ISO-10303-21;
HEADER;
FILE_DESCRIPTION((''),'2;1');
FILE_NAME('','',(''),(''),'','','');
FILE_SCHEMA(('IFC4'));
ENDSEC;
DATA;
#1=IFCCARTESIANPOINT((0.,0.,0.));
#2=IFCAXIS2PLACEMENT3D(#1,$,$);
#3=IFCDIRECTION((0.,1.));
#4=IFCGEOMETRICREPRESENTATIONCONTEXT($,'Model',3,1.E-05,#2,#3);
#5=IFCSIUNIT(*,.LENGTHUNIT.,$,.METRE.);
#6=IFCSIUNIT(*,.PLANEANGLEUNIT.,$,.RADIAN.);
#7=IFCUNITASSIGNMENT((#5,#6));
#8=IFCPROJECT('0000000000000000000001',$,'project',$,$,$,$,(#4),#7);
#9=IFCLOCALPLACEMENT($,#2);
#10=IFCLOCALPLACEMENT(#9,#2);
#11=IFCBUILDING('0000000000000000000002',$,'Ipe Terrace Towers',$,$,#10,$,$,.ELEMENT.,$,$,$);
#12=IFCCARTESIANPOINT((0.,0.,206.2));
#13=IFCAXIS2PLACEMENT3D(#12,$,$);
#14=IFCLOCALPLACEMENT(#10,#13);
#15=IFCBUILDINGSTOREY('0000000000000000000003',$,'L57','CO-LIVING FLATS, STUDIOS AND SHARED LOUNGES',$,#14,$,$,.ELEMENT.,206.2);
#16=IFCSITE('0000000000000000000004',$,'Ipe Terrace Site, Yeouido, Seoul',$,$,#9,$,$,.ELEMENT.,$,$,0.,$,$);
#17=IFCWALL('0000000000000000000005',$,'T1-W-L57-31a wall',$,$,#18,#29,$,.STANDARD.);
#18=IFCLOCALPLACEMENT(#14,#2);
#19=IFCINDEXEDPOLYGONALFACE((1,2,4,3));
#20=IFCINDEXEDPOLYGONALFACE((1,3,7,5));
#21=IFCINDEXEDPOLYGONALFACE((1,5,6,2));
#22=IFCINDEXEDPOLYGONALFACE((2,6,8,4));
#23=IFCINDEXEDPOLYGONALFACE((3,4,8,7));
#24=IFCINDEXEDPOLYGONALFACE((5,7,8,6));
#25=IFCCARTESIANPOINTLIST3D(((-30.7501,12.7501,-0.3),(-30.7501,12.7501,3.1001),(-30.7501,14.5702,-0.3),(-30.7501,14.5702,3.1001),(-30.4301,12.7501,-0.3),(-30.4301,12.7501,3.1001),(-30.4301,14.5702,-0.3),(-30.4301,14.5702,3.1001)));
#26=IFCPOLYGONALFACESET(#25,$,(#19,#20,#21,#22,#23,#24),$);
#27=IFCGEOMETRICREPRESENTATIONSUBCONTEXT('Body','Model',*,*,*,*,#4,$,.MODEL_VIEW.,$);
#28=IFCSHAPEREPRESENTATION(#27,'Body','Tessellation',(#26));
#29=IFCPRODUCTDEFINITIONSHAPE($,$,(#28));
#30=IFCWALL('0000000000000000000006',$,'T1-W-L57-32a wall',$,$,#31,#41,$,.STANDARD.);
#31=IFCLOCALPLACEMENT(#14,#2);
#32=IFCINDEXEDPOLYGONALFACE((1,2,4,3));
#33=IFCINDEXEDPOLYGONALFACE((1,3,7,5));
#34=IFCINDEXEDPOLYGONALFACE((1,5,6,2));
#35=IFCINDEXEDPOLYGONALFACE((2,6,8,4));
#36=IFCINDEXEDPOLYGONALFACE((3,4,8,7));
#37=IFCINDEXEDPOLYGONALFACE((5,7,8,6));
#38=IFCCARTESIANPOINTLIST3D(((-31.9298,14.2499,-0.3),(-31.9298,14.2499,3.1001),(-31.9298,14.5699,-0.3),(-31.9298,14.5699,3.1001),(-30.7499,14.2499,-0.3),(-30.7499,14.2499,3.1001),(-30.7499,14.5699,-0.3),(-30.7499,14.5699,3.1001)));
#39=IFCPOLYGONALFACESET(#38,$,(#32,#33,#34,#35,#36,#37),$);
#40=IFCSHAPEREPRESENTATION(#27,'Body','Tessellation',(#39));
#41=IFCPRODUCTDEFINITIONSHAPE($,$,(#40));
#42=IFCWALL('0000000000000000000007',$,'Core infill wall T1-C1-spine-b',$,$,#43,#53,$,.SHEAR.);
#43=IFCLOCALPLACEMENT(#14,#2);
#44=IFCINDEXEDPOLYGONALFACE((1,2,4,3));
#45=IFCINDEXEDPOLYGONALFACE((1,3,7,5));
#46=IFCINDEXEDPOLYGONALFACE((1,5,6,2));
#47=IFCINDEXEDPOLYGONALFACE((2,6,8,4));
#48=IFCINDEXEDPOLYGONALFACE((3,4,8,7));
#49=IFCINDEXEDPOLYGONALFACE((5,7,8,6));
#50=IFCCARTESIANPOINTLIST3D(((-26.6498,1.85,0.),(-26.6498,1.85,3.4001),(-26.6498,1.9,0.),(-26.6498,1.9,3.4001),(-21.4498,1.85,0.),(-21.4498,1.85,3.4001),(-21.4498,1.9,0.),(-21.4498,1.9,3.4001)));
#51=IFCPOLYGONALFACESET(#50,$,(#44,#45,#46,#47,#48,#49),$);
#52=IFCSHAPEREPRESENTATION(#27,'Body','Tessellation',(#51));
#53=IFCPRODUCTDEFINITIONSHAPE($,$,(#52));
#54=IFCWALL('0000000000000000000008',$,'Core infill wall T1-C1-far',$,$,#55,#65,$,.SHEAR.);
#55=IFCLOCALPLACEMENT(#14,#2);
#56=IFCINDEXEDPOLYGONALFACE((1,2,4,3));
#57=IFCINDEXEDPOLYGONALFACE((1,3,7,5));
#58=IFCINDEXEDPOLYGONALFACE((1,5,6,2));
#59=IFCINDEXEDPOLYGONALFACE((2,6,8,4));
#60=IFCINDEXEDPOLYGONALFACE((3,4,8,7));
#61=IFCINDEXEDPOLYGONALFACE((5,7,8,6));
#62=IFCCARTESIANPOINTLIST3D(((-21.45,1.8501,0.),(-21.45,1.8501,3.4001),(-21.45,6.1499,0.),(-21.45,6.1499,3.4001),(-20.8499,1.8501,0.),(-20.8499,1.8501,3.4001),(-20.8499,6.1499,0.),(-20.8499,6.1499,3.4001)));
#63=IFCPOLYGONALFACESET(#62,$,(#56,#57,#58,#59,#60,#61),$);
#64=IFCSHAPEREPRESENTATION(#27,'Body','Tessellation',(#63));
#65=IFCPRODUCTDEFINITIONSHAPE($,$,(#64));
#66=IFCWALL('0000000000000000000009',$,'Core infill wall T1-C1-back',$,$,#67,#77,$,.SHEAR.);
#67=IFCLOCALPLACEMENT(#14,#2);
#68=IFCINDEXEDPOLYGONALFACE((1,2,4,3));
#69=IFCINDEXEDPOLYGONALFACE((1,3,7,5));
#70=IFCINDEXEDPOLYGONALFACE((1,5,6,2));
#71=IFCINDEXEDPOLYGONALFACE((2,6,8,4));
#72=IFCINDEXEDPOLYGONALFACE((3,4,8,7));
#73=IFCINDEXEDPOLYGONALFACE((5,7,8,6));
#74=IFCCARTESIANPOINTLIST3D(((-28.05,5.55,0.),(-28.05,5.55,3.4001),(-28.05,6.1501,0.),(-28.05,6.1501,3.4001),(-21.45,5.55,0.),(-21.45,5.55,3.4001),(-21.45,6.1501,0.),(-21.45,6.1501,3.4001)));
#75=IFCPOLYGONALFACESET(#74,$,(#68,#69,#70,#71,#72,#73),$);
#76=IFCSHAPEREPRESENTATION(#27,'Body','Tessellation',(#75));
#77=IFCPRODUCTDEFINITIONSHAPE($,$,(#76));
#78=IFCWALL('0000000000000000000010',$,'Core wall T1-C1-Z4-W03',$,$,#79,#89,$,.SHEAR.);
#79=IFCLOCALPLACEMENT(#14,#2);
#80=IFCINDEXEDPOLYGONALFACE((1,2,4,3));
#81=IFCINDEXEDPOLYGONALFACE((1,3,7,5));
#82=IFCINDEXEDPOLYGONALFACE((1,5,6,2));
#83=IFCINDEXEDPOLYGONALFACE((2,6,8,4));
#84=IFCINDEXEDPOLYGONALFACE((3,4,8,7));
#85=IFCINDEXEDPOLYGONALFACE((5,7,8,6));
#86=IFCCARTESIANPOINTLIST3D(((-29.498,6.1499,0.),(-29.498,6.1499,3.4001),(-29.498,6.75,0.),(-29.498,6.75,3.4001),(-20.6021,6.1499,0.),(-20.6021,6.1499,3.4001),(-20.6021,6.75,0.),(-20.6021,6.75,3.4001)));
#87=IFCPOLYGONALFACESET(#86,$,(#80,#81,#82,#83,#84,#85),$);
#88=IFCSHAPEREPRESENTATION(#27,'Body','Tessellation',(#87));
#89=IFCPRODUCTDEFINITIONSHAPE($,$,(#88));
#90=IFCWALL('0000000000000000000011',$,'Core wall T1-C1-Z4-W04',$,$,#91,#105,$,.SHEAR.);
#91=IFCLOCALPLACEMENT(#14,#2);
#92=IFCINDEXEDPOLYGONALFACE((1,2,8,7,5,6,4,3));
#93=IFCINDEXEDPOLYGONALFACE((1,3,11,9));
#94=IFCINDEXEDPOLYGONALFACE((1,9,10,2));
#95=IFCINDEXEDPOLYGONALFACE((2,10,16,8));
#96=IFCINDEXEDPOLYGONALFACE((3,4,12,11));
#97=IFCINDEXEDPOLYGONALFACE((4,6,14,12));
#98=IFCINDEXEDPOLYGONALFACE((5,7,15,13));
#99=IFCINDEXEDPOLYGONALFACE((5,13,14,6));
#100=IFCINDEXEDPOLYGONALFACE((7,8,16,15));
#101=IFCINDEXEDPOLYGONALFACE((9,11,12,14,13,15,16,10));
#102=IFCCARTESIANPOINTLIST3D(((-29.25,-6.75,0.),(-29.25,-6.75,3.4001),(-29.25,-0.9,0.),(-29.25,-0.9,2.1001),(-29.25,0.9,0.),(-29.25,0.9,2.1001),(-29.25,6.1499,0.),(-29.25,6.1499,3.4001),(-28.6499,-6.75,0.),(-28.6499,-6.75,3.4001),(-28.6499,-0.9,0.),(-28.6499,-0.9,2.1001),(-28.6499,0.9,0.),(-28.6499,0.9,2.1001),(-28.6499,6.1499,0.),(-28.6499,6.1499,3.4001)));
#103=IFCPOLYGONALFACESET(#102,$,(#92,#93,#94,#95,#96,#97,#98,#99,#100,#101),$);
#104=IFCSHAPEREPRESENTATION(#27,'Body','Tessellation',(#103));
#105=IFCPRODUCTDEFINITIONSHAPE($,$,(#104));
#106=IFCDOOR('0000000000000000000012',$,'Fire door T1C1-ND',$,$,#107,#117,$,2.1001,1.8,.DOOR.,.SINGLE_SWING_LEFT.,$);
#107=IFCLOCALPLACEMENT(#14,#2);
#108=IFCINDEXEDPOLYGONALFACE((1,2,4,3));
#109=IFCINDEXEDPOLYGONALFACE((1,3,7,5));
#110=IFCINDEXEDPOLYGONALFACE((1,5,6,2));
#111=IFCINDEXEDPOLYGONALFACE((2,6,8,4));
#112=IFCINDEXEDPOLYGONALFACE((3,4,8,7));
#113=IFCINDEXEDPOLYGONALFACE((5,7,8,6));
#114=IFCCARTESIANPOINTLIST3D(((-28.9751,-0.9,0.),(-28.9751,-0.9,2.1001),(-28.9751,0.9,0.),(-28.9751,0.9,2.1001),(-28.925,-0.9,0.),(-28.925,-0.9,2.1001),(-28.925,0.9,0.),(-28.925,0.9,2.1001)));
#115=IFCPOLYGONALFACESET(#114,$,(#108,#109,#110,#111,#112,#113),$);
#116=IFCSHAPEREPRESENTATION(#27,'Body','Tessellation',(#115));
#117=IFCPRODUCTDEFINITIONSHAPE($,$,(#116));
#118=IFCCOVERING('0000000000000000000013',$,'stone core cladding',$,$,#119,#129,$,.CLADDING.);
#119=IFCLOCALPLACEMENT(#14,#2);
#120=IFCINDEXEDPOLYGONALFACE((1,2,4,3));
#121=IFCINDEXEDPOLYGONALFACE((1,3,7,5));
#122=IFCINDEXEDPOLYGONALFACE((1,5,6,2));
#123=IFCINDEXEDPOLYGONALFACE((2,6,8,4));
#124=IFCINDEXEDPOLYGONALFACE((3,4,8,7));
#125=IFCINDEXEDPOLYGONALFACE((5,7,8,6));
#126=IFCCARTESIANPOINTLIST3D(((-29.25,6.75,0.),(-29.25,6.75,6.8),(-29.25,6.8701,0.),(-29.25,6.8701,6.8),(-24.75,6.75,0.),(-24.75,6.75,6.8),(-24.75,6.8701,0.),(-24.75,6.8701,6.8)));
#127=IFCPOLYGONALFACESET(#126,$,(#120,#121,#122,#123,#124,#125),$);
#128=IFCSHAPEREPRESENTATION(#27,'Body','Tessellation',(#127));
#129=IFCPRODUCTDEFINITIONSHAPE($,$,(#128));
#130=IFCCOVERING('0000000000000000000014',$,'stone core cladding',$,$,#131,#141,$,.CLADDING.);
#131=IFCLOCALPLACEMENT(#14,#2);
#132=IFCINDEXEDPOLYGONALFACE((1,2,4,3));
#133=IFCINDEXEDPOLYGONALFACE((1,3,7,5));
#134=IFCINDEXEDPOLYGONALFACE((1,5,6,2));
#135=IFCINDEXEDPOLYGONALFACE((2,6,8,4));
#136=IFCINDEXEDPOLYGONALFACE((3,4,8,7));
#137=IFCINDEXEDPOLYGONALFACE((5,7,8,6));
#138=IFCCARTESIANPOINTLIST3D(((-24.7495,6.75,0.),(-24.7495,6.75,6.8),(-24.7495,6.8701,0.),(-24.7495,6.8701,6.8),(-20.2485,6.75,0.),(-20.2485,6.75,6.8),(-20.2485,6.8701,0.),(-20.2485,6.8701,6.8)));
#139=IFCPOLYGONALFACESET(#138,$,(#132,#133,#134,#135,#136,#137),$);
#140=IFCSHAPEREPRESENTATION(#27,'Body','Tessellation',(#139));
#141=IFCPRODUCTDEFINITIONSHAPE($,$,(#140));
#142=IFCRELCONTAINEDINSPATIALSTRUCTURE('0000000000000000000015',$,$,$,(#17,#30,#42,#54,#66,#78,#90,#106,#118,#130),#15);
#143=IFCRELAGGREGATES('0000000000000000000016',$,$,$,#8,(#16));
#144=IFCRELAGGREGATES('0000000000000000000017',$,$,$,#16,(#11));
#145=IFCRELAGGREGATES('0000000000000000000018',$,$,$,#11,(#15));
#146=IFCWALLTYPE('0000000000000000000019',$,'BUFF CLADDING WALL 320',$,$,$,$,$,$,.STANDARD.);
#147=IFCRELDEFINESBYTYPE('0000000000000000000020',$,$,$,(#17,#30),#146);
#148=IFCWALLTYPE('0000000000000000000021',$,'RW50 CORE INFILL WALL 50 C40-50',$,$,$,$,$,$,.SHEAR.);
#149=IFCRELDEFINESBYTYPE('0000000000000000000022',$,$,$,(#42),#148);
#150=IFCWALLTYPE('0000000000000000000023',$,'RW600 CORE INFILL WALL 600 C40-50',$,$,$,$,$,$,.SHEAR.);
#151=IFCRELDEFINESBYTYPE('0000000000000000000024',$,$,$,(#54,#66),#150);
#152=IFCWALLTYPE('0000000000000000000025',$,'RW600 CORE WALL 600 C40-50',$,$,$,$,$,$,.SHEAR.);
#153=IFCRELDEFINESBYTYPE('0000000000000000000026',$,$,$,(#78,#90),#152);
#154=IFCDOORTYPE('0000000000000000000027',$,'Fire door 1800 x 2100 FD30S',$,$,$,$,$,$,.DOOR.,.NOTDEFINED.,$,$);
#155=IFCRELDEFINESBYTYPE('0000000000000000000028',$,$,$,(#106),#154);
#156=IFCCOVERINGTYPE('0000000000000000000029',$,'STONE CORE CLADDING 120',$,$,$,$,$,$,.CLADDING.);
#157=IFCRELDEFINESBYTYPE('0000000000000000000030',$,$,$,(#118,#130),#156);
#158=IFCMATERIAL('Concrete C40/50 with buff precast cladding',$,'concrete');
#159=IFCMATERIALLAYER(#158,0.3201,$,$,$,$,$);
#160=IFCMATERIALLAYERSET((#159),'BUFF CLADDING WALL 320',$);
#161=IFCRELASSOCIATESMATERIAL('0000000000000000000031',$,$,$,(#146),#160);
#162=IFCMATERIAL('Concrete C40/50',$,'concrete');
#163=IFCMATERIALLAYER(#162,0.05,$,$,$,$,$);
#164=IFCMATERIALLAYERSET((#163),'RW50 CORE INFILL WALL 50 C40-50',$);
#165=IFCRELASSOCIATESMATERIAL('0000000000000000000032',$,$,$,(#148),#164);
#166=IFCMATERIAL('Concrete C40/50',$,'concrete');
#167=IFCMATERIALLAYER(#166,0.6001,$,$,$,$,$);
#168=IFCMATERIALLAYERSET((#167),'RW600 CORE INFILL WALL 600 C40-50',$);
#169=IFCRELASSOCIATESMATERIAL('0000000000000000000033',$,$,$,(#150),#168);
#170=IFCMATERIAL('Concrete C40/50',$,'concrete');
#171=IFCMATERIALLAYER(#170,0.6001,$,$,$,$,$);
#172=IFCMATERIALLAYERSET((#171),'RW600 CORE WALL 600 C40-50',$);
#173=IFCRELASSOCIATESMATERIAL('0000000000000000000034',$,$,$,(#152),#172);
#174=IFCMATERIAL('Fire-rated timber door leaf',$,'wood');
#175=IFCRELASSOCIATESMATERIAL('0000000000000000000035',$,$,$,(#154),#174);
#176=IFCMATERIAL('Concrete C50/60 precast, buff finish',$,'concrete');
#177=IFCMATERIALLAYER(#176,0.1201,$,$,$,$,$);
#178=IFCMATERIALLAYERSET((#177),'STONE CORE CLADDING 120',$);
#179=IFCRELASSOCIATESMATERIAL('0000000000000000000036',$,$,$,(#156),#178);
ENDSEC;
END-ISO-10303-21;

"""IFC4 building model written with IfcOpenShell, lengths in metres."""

from ifc_helpers import new_model, si_unit, direction, frame, frame_2d, origin, origin_2d, place, context, subcontext, project, spatial, rectangle, extrude, material, layer, layer_set, type_object, element, fill, save


model = new_model("IFC4")

# Units and contexts
model_context = context("Model", 3, precision=1e-05, world=origin(), true_north=direction((0.0, 1.0)))
body_context = subcontext(model_context, "Body", "Model", "MODEL_VIEW")
ifc_project = project(units=[si_unit("LENGTHUNIT", "METRE"), si_unit("PLANEANGLEUNIT", "RADIAN")], contexts=[model_context])

# Site, building, storey
site_placement = place(None, origin())
site = spatial("IfcSite", under=ifc_project, at=site_placement, Name="Ipe Terrace Site, Yeouido, Seoul", CompositionType="ELEMENT", RefElevation=0.0)
building_placement = place(site_placement, origin())
building = spatial("IfcBuilding", under=site, at=building_placement, Name="Ipe Terrace Towers", CompositionType="ELEMENT")
storey_placement = place(building_placement, frame((0.0, 0.0, 206.2)))
storey = spatial("IfcBuildingStorey", under=building, at=storey_placement, Name="L57", Description="CO-LIVING FLATS, STUDIOS AND SHARED LOUNGES", CompositionType="ELEMENT", Elevation=206.2)

# Walls
ifc_material_1 = material(Name="Concrete C40/50 with buff precast cladding", Category="concrete")
ifc_layer_1 = layer(ifc_material_1, 0.3201)
ifc_layer_set_1 = layer_set([ifc_layer_1], Name="BUFF CLADDING WALL 320")
wall_type_1 = type_object("IfcWallType", Name="BUFF CLADDING WALL 320", PredefinedType="STANDARD", material=ifc_layer_set_1)
wall_1_placement = place(storey_placement, frame((-30.5901, 12.75, -0.3), z_axis=(0.0, 0.0, 1.0), x_axis=(0.0, 1.0, 0.0)))
element("IfcWall", 1, at=wall_1_placement, inside=storey, type_object=wall_type_1, Name="T1-W-L57-31a wall", PredefinedType="STANDARD", context=body_context, shape_type="SweptSolid", body=[
    extrude(rectangle(XDim=1.8201, YDim=0.3201, at=frame_2d((0.9102, 0.0))), origin(), (0.0, 0.0, 1.0), 3.4001),
])
wall_2_placement = place(storey_placement, frame((-30.75, 14.4099, -0.3), z_axis=(0.0, 0.0, 1.0), x_axis=(-1.0, 0.0, 0.0)))
element("IfcWall", 2, at=wall_2_placement, inside=storey, type_object=wall_type_1, Name="T1-W-L57-32a wall", PredefinedType="STANDARD", context=body_context, shape_type="SweptSolid", body=[
    extrude(rectangle(XDim=1.1799, YDim=0.3201, at=frame_2d((0.5898, 0.0))), origin(), (0.0, 0.0, 1.0), 3.4001),
])
ifc_material_2 = material(Name="Concrete C40/50", Category="concrete")
ifc_layer_2 = layer(ifc_material_2, 0.05)
ifc_layer_set_2 = layer_set([ifc_layer_2], Name="RW50 CORE INFILL WALL 50 C40-50")
wall_type_2 = type_object("IfcWallType", Name="RW50 CORE INFILL WALL 50 C40-50", PredefinedType="SHEAR", material=ifc_layer_set_2)
wall_3_placement = place(storey_placement, frame((-26.6499, 1.875, 0.0), z_axis=(0.0, 0.0, 1.0), x_axis=(1.0, 0.0, 0.0)))
element("IfcWall", 3, at=wall_3_placement, inside=storey, type_object=wall_type_2, Name="Core infill wall T1-C1-spine-b", PredefinedType="SHEAR", context=body_context, shape_type="SweptSolid", body=[
    extrude(rectangle(XDim=5.2, YDim=0.05, at=frame_2d((2.6001, 0.0))), origin(), (0.0, 0.0, 1.0), 3.4001),
])
ifc_material_3 = material(Name="Concrete C40/50", Category="concrete")
ifc_layer_3 = layer(ifc_material_3, 0.6001)
ifc_layer_set_3 = layer_set([ifc_layer_3], Name="RW600 CORE INFILL WALL 600 C40-50")
wall_type_3 = type_object("IfcWallType", Name="RW600 CORE INFILL WALL 600 C40-50", PredefinedType="SHEAR", material=ifc_layer_set_3)
wall_4_placement = place(storey_placement, frame((-21.1499, 1.8501, 0.0), z_axis=(0.0, 0.0, 1.0), x_axis=(0.0, 1.0, 0.0)))
element("IfcWall", 4, at=wall_4_placement, inside=storey, type_object=wall_type_3, Name="Core infill wall T1-C1-far", PredefinedType="SHEAR", context=body_context, shape_type="SweptSolid", body=[
    extrude(rectangle(XDim=4.2998, YDim=0.6001, at=frame_2d((2.1499, 0.0))), origin(), (0.0, 0.0, 1.0), 3.4001),
])
wall_5_placement = place(storey_placement, frame((-28.05, 5.8501, 0.0), z_axis=(0.0, 0.0, 1.0), x_axis=(1.0, 0.0, 0.0)))
element("IfcWall", 5, at=wall_5_placement, inside=storey, type_object=wall_type_3, Name="Core infill wall T1-C1-back", PredefinedType="SHEAR", context=body_context, shape_type="SweptSolid", body=[
    extrude(rectangle(XDim=6.6001, YDim=0.6001, at=frame_2d((3.3, 0.0))), origin(), (0.0, 0.0, 1.0), 3.4001),
])
ifc_material_4 = material(Name="Concrete C40/50", Category="concrete")
ifc_layer_4 = layer(ifc_material_4, 0.6001)
ifc_layer_set_4 = layer_set([ifc_layer_4], Name="RW600 CORE WALL 600 C40-50")
wall_type_4 = type_object("IfcWallType", Name="RW600 CORE WALL 600 C40-50", PredefinedType="SHEAR", material=ifc_layer_set_4)
wall_6_placement = place(storey_placement, frame((-20.6021, 6.45, 0.0), z_axis=(0.0, 0.0, 1.0), x_axis=(-1.0, 0.0, 0.0)))
element("IfcWall", 6, at=wall_6_placement, inside=storey, type_object=wall_type_4, Name="Core wall T1-C1-Z4-W03", PredefinedType="SHEAR", context=body_context, shape_type="SweptSolid", body=[
    extrude(rectangle(XDim=8.896, YDim=0.6001, at=frame_2d((4.448, 0.0))), origin(), (0.0, 0.0, 1.0), 3.4001),
])

# Wall, opening, door
wall_7_placement = place(storey_placement, frame((-28.95, 6.1499, 0.0), z_axis=(0.0, 0.0, 1.0), x_axis=(0.0, -1.0, 0.0)))
wall_7 = element("IfcWall", 7, at=wall_7_placement, inside=storey, type_object=wall_type_4, Name="Core wall T1-C1-Z4-W04", PredefinedType="SHEAR", context=body_context, shape_type="SweptSolid", body=[
    extrude(rectangle(XDim=12.8999, YDim=0.6001, at=frame_2d((6.45, 0.0))), origin(), (0.0, 0.0, 1.0), 3.4001),
])
opening_1_placement = place(wall_7_placement, frame((5.25, 0.0, 0.0)))
opening_1 = element("IfcOpeningElement", 8, at=opening_1_placement, cuts=wall_7, PredefinedType="OPENING", context=body_context, shape_type="SweptSolid", body=[
    extrude(rectangle(XDim=1.8, YDim=2.1001, at=frame_2d((0.8999, 1.05))), frame((0.0, 0.3101, 0.0), z_axis=(0.0, -1.0, 0.0), x_axis=(1.0, 0.0, 0.0)), (0.0, 0.0, 1.0), 0.6201),
])
ifc_material_5 = material(Name="Fire-rated timber door leaf", Category="wood")
door_type_1 = type_object("IfcDoorType", Name="Fire door 1800 x 2100 FD30S", OperationType="NOTDEFINED", PredefinedType="DOOR", material=ifc_material_5)
door_1_placement = place(opening_1_placement, origin())
door_1 = element("IfcDoor", 9, at=door_1_placement, inside=storey, type_object=door_type_1, Name="Fire door T1C1-ND", OperationType="SINGLE_SWING_LEFT", OverallHeight=2.1001, OverallWidth=1.8, PredefinedType="DOOR", context=body_context, shape_type="SweptSolid", body=[
    extrude(rectangle(XDim=1.8, YDim=2.1001, at=frame_2d((0.8999, 1.05))), frame((0.0, 0.0249, 0.0), z_axis=(0.0, -1.0, 0.0), x_axis=(1.0, 0.0, 0.0)), (0.0, 0.0, 1.0), 0.05),
])
fill(opening_1, door_1)

# Coverings
ifc_material_6 = material(Name="Concrete C50/60 precast, buff finish", Category="concrete")
ifc_layer_5 = layer(ifc_material_6, 0.1201)
ifc_layer_set_5 = layer_set([ifc_layer_5], Name="STONE CORE CLADDING 120")
covering_type = type_object("IfcCoveringType", Name="STONE CORE CLADDING 120", PredefinedType="CLADDING", material=ifc_layer_set_5)
covering_1_placement = place(storey_placement, frame((-27.0, 6.8101, 0.0), z_axis=(0.0, 0.0, 1.0), x_axis=(-1.0, 0.0, 0.0)))
element("IfcCovering", 10, at=covering_1_placement, inside=storey, type_object=covering_type, Name="stone core cladding", PredefinedType="CLADDING", context=body_context, shape_type="SweptSolid", body=[
    extrude(rectangle(XDim=4.5, YDim=0.1201, at=origin_2d()), origin(), (0.0, 0.0, 1.0), 6.8),
])
covering_2_placement = place(storey_placement, frame((-22.499, 6.8101, 0.0), z_axis=(0.0, 0.0, 1.0), x_axis=(-1.0, 0.0, 0.0)))
element("IfcCovering", 11, at=covering_2_placement, inside=storey, type_object=covering_type, Name="stone core cladding", PredefinedType="CLADDING", context=body_context, shape_type="SweptSolid", body=[
    extrude(rectangle(XDim=4.501, YDim=0.1201, at=origin_2d()), origin(), (0.0, 0.0, 1.0), 6.8),
])

save(model, "model.ifc")
